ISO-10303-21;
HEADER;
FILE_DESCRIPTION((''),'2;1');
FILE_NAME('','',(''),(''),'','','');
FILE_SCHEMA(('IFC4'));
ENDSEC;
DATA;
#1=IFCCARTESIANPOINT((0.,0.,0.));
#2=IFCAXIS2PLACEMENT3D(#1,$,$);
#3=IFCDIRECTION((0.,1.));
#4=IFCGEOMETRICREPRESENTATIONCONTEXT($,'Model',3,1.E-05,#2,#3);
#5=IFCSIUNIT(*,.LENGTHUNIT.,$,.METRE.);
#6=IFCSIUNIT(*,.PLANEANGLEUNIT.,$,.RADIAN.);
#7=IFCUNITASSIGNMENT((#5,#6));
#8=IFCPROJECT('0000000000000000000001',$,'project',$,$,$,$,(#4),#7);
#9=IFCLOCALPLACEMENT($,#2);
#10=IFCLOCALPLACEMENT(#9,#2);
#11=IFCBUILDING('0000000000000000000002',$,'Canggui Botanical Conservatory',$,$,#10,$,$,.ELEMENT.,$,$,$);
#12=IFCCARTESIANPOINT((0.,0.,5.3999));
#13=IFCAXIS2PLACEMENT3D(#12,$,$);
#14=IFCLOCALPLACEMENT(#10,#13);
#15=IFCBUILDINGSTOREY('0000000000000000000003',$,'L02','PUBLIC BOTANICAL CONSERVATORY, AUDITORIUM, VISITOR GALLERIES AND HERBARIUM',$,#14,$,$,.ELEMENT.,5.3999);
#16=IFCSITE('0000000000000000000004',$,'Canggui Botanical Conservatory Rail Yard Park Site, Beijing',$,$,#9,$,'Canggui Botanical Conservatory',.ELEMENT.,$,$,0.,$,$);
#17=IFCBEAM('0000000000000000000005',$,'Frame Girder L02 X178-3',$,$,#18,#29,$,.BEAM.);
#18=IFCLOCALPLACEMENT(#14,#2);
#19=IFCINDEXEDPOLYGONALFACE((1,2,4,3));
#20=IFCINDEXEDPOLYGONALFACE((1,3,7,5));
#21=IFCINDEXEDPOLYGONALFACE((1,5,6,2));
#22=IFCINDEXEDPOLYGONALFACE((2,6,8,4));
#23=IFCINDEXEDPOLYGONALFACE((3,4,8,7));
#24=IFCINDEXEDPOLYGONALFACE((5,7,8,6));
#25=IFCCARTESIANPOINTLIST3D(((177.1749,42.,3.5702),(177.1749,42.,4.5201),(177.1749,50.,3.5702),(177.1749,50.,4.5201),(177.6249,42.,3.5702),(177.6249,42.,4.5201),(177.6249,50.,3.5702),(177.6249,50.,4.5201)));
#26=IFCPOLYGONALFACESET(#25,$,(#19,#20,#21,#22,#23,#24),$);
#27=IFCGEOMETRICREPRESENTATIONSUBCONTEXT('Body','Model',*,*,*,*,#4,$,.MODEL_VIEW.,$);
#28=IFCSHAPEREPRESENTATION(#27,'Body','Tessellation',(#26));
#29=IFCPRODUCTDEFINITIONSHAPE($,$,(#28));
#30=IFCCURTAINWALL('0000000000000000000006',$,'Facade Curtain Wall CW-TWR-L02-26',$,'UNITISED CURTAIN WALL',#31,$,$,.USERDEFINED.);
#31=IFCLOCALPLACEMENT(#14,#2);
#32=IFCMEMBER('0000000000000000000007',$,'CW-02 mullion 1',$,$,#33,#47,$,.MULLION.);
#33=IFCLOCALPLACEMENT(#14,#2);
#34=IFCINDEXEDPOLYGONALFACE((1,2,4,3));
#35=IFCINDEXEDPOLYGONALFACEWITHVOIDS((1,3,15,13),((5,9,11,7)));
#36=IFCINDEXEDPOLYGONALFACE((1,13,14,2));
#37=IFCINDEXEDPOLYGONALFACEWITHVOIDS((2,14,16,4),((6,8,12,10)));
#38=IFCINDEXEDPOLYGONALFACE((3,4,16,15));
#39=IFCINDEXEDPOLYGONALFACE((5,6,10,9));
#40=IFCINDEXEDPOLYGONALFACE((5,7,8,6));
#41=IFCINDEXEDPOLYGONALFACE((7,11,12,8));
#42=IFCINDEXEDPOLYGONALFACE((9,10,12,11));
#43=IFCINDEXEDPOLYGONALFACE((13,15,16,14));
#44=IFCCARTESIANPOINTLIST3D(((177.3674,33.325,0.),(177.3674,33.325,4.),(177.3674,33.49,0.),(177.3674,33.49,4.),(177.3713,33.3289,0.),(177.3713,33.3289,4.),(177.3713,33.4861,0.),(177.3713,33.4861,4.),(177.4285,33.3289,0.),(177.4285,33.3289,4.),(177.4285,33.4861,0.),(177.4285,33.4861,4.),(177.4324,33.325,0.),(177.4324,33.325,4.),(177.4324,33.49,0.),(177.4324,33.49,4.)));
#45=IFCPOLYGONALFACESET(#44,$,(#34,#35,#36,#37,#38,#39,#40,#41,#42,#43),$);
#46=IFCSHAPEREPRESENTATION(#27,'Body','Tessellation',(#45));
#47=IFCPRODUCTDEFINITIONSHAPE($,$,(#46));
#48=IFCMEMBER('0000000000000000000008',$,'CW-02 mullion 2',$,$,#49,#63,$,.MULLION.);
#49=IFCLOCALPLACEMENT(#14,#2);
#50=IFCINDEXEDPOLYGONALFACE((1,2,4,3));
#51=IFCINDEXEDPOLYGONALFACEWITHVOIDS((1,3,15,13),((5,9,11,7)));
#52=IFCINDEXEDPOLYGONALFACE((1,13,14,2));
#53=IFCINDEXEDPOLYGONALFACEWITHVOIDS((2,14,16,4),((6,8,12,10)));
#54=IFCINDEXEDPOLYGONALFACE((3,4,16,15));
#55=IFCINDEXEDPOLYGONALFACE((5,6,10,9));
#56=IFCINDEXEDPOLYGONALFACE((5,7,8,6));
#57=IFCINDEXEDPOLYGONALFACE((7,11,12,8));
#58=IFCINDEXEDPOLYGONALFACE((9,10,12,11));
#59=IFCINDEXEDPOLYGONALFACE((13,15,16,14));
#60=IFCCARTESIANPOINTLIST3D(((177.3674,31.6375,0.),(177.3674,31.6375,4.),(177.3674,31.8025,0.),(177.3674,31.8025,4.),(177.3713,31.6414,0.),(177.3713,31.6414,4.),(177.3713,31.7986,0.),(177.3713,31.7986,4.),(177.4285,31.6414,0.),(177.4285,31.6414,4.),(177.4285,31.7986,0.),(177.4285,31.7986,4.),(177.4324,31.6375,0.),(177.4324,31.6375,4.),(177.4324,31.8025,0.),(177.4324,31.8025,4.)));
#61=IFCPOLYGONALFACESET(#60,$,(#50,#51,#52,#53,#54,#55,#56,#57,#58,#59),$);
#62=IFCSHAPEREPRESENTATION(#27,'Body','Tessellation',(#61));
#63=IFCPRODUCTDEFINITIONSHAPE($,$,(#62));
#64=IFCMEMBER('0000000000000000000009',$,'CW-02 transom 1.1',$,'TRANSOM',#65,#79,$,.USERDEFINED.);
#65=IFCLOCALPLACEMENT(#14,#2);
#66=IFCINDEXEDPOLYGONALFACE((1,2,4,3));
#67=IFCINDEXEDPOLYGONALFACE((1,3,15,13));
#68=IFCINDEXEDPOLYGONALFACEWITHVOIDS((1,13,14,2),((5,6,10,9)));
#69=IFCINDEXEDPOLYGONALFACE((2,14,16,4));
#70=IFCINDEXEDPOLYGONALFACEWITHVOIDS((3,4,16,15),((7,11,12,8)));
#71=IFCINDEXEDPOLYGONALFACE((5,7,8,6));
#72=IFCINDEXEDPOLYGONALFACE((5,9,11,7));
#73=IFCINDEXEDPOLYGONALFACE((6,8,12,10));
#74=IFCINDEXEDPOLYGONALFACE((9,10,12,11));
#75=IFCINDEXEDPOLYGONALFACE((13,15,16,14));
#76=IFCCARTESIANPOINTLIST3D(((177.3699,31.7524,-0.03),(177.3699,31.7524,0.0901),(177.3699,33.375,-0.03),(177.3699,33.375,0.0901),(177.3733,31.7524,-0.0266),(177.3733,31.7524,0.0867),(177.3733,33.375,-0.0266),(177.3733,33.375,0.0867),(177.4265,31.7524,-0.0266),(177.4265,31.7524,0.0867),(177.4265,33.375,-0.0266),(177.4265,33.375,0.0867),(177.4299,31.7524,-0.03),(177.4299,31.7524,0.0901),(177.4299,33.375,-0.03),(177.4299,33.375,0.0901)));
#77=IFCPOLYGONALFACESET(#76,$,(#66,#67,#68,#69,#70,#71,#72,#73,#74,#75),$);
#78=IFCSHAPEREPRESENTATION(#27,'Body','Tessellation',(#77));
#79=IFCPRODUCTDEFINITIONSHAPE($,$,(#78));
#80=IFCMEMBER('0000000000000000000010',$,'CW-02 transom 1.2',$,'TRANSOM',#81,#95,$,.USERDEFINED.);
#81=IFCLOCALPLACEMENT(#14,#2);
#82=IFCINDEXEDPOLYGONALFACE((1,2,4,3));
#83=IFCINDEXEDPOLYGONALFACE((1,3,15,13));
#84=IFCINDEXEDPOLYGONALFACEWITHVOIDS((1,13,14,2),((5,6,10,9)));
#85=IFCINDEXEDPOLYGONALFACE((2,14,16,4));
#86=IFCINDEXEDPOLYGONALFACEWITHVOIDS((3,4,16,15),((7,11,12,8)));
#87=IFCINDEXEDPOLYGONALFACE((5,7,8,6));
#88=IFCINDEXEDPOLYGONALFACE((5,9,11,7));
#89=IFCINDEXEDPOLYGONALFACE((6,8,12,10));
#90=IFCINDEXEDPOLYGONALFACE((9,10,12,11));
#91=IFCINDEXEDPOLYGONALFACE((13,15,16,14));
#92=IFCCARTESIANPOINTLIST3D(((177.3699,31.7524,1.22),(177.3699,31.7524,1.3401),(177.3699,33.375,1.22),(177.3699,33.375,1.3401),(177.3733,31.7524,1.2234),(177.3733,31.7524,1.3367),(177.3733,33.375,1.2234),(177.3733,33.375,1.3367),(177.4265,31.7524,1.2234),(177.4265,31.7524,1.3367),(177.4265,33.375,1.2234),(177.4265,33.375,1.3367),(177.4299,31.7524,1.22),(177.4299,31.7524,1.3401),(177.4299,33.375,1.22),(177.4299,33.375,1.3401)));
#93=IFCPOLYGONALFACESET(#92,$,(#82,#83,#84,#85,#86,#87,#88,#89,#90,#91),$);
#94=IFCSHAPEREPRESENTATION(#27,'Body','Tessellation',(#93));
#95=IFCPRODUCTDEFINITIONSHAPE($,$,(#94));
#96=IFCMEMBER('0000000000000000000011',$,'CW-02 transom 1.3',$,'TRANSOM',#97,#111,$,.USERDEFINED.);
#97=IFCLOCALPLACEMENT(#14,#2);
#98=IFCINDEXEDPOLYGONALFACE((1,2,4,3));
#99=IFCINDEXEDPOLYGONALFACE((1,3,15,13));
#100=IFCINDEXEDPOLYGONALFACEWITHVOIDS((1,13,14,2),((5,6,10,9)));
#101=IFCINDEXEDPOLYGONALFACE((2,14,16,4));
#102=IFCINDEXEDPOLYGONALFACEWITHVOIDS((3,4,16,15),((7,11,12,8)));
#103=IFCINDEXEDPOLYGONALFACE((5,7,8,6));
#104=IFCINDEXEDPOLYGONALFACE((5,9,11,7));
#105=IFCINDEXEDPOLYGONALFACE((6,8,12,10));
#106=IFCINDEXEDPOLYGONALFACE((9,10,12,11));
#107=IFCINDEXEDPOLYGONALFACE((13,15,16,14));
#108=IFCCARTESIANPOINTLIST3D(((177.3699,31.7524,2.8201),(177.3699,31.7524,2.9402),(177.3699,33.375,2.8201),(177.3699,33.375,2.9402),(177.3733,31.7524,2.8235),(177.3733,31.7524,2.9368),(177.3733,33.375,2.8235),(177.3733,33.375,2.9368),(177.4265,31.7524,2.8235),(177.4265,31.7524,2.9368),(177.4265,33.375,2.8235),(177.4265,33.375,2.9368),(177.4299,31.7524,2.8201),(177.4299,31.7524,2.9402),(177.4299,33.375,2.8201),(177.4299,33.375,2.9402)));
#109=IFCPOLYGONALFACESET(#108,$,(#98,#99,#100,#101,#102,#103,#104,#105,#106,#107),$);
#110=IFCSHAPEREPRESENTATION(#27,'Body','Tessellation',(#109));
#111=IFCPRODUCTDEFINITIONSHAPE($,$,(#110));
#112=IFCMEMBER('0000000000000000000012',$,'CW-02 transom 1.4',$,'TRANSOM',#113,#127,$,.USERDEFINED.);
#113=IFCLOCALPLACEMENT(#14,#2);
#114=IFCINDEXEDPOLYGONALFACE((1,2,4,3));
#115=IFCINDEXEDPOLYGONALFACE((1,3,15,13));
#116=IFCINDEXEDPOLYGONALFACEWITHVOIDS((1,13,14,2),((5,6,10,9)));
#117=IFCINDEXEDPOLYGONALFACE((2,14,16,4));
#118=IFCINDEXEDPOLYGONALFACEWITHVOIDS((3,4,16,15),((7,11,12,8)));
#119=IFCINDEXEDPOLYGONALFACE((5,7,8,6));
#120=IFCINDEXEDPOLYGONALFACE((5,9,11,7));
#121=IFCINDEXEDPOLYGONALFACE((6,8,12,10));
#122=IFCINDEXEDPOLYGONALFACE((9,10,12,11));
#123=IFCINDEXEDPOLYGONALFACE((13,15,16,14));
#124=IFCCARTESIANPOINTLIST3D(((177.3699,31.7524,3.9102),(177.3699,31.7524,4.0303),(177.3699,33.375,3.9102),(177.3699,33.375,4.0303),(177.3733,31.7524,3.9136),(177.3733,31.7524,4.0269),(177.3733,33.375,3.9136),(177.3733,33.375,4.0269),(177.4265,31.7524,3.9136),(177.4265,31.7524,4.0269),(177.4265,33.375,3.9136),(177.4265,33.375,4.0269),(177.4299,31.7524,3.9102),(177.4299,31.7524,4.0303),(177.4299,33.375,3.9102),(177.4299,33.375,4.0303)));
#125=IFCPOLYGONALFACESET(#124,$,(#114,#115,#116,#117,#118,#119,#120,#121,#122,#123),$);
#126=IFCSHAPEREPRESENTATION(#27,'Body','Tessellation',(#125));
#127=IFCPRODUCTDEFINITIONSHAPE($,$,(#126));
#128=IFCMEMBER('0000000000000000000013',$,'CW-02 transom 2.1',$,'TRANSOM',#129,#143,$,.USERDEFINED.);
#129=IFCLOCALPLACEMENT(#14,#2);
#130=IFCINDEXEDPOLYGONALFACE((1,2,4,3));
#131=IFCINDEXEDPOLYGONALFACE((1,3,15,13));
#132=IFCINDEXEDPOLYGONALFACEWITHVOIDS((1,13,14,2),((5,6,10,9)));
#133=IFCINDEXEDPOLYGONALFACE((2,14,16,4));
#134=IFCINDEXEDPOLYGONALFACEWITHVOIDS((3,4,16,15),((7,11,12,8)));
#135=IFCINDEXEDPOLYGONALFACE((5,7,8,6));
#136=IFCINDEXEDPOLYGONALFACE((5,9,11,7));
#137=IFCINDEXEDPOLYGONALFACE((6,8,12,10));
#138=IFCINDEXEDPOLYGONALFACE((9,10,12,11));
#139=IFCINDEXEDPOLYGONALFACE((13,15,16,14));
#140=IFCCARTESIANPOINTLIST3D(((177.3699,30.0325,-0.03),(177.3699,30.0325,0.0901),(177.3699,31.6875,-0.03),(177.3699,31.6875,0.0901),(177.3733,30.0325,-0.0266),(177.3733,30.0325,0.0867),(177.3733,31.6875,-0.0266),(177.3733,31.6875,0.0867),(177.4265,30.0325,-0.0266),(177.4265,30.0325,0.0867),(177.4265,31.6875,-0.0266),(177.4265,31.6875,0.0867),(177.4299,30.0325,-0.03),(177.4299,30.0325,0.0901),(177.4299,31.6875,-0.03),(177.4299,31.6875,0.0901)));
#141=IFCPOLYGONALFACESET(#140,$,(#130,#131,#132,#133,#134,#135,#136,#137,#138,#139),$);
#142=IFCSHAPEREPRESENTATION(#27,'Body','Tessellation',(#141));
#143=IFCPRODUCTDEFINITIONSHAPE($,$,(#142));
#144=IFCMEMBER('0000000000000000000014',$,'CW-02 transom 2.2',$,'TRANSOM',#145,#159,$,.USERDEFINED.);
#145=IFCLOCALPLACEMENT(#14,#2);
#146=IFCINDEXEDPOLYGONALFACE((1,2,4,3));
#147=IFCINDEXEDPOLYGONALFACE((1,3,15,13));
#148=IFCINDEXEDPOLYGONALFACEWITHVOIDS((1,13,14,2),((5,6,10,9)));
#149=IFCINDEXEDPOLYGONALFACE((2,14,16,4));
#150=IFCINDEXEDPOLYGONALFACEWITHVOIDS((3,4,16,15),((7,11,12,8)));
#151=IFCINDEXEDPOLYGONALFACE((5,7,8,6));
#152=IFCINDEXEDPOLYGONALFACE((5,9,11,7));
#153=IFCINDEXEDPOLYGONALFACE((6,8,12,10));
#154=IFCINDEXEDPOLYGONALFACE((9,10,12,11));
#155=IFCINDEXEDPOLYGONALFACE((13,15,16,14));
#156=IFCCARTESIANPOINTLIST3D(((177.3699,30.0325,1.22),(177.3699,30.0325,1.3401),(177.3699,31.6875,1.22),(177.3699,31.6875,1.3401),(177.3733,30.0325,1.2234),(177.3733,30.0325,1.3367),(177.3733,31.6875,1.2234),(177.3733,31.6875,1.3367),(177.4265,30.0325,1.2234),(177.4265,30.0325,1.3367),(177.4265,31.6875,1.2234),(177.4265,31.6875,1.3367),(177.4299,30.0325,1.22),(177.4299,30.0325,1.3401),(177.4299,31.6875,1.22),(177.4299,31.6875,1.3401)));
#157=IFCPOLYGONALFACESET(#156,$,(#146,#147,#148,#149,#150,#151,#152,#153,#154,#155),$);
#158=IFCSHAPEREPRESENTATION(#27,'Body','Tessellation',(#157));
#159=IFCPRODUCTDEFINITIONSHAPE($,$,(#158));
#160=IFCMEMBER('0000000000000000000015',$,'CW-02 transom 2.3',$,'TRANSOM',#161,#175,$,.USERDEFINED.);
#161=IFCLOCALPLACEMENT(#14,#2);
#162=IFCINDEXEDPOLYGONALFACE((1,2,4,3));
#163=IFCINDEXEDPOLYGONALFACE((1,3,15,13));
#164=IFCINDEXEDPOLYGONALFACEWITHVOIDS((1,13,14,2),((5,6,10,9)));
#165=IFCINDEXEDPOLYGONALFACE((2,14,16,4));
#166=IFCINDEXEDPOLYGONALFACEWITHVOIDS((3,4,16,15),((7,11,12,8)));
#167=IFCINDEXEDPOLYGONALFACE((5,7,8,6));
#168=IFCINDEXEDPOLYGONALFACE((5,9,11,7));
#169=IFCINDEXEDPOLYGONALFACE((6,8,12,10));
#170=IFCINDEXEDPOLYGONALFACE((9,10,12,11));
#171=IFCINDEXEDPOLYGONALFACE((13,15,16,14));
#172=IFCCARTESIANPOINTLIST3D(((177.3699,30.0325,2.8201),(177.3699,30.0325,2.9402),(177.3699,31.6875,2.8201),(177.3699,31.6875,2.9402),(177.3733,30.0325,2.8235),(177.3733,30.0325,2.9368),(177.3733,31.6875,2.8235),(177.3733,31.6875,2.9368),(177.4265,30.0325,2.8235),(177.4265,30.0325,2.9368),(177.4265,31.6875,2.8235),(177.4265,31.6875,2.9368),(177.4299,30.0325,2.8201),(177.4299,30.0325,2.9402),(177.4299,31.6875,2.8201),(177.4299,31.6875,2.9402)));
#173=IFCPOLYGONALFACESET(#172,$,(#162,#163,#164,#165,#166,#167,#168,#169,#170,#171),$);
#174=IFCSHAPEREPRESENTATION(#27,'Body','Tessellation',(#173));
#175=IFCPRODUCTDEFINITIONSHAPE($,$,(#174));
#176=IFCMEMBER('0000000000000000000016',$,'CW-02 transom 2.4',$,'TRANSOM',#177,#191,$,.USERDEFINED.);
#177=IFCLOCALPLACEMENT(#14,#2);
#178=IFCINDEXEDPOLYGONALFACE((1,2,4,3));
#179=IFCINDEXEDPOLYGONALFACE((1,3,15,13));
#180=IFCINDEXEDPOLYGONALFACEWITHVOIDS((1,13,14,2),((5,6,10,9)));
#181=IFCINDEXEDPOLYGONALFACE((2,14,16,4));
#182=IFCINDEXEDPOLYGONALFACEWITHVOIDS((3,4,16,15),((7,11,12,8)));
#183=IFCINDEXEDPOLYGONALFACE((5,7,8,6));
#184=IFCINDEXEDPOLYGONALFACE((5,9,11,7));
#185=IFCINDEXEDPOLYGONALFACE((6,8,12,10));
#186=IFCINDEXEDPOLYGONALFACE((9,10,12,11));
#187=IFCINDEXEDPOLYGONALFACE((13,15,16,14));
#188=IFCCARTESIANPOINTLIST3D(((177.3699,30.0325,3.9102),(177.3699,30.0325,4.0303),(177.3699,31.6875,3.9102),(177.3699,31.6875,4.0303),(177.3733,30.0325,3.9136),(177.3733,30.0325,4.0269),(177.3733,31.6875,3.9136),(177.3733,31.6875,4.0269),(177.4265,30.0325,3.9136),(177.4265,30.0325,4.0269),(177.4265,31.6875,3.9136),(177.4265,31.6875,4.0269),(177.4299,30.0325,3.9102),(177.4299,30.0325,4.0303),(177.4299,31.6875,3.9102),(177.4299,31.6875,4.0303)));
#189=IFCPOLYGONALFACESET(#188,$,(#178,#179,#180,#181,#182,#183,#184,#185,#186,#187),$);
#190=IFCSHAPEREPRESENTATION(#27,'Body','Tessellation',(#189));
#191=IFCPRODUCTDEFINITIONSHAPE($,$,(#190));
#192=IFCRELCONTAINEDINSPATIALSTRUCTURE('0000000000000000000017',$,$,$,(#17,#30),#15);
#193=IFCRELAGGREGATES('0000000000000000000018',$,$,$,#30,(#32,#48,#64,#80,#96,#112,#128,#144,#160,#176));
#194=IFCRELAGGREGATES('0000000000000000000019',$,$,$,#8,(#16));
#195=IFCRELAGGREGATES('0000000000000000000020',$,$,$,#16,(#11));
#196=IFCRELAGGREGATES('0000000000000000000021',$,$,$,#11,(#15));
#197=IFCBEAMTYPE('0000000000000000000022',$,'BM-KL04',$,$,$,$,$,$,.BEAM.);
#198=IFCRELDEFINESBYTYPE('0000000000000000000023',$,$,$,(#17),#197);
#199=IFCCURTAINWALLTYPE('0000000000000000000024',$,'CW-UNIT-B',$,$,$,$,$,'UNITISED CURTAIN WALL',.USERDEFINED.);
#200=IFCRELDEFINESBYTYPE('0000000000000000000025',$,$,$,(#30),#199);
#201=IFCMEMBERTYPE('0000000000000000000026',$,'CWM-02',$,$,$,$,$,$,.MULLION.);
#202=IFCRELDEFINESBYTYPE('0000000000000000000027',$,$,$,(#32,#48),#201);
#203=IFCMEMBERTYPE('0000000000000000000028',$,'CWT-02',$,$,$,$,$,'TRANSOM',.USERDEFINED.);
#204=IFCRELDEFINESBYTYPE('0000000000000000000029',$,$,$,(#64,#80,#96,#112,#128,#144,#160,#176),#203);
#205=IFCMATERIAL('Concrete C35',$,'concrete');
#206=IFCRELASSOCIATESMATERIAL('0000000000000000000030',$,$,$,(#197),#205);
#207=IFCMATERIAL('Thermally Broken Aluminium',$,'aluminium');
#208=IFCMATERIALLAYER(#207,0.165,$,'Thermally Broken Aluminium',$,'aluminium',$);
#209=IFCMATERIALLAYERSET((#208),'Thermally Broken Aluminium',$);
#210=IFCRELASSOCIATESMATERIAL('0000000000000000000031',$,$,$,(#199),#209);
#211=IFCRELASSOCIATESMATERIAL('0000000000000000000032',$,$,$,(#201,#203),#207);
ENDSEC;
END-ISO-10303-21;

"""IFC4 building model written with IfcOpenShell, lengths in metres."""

from ifc_helpers import new_model, si_unit, direction, frame, origin, origin_2d, place, context, subcontext, project, spatial, rectangle, hollow_rectangle, extrude, material, layer, layer_set, material_profile, profile_set, type_object, element, aggregate, save


model = new_model("IFC4")

# Units and contexts
model_context = context("Model", 3, precision=1e-05, world=origin(), true_north=direction((0.0, 1.0)))
body_context = subcontext(model_context, "Body", "Model", "MODEL_VIEW")
ifc_project = project(units=[si_unit("LENGTHUNIT", "METRE"), si_unit("PLANEANGLEUNIT", "RADIAN")], contexts=[model_context])

# Site, building, storey
site_placement = place(None, origin())
site = spatial("IfcSite", under=ifc_project, at=site_placement, Name="Canggui Botanical Conservatory Rail Yard Park Site, Beijing", LongName="Canggui Botanical Conservatory", CompositionType="ELEMENT", RefElevation=0.0)
building_placement = place(site_placement, origin())
building = spatial("IfcBuilding", under=site, at=building_placement, Name="Canggui Botanical Conservatory", CompositionType="ELEMENT")
storey_placement = place(building_placement, frame((0.0, 0.0, 5.3999)))
storey = spatial("IfcBuildingStorey", under=building, at=storey_placement, Name="L02", Description="PUBLIC BOTANICAL CONSERVATORY, AUDITORIUM, VISITOR GALLERIES AND HERBARIUM", CompositionType="ELEMENT", Elevation=5.3999)

# Beam
ifc_material_1 = material(Name="Concrete C35", Category="concrete")
ifc_material_profile_1 = material_profile(ifc_material_1, rectangle(XDim=0.45, YDim=0.95, at=origin_2d()), Name="RB 450x950")
ifc_profile_set_1 = profile_set([ifc_material_profile_1], Name="Concrete C35")
beam_type_1 = type_object("IfcBeamType", Name="BM-KL04", PredefinedType="BEAM", material=ifc_profile_set_1)
for number, where, z_axis, x_axis, name in (
    (1, (177.3999, 42.0, 4.0452), (0.0, 1.0, 0.0), (-1.0, 0.0, 0.0), "Frame Girder L02 X178-3"),
):
    element("IfcBeam", number, at=place(storey_placement, frame(where, z_axis=z_axis, x_axis=x_axis)), inside=storey, type_object=beam_type_1, Name=name, PredefinedType="BEAM", context=body_context, shape_type="SweptSolid", body=[
        extrude(rectangle(XDim=0.45, YDim=0.95, at=origin_2d()), origin(), (0.0, 0.0, 1.0), 8.0),
    ])

# Curtain wall, members
ifc_material_2 = material(Name="Thermally Broken Aluminium", Category="aluminium")
ifc_layer_1 = layer(ifc_material_2, 0.165, Name="Thermally Broken Aluminium", Category="aluminium")
ifc_layer_set_1 = layer_set([ifc_layer_1], Name="Thermally Broken Aluminium")
curtain_wall_type = type_object("IfcCurtainWallType", Name="CW-UNIT-B", ElementType="UNITISED CURTAIN WALL", PredefinedType="USERDEFINED", material=ifc_layer_set_1)
curtain_wall_placement = place(storey_placement, origin())
curtain_wall = element("IfcCurtainWall", 2, at=curtain_wall_placement, inside=storey, type_object=curtain_wall_type, Name="Facade Curtain Wall CW-TWR-L02-26", ObjectType="UNITISED CURTAIN WALL", PredefinedType="USERDEFINED")
ifc_material_profile_2 = material_profile(ifc_material_2, hollow_rectangle(XDim=0.0649, YDim=0.165, WallThickness=0.0039, at=origin_2d()), Name="CWM 65x165x4")
ifc_profile_set_2 = profile_set([ifc_material_profile_2], Name="Thermally Broken Aluminium")
member_type_1 = type_object("IfcMemberType", Name="CWM-02", PredefinedType="MULLION", material=ifc_profile_set_2)
member_1_placement = place(storey_placement, frame((177.3999, 33.4075, 0.0), z_axis=(0.0, 0.0, 1.0), x_axis=(1.0, 0.0, 0.0)))
member_1 = element("IfcMember", 3, at=member_1_placement, type_object=member_type_1, Name="CW-02 mullion 1", PredefinedType="MULLION", context=body_context, shape_type="SweptSolid", body=[
    extrude(hollow_rectangle(XDim=0.0649, YDim=0.165, WallThickness=0.0039, at=origin_2d()), origin(), (0.0, 0.0, 1.0), 4.0),
])
member_2_placement = place(storey_placement, frame((177.3999, 31.72, 0.0), z_axis=(0.0, 0.0, 1.0), x_axis=(1.0, 0.0, 0.0)))
member_2 = element("IfcMember", 4, at=member_2_placement, type_object=member_type_1, Name="CW-02 mullion 2", PredefinedType="MULLION", context=body_context, shape_type="SweptSolid", body=[
    extrude(hollow_rectangle(XDim=0.0649, YDim=0.165, WallThickness=0.0039, at=origin_2d()), origin(), (0.0, 0.0, 1.0), 4.0),
])
ifc_material_profile_3 = material_profile(ifc_material_2, hollow_rectangle(XDim=0.0601, YDim=0.1201, WallThickness=0.0034, at=origin_2d()), Name="CWT 60x120x3.5")
ifc_profile_set_3 = profile_set([ifc_material_profile_3], Name="Thermally Broken Aluminium")
member_type_2 = type_object("IfcMemberType", Name="CWT-02", ElementType="TRANSOM", PredefinedType="USERDEFINED", material=ifc_profile_set_3)
member_3_placement = place(storey_placement, frame((177.3999, 33.375, 0.03), z_axis=(0.0, -1.0, 0.0), x_axis=(1.0, 0.0, 0.0)))
member_3 = element("IfcMember", 5, at=member_3_placement, type_object=member_type_2, Name="CW-02 transom 1.1", ObjectType="TRANSOM", PredefinedType="USERDEFINED", context=body_context, shape_type="SweptSolid", body=[
    extrude(hollow_rectangle(XDim=0.0601, YDim=0.1201, WallThickness=0.0034, at=origin_2d()), origin(), (0.0, 0.0, 1.0), 1.6226),
])
member_4_placement = place(storey_placement, frame((177.3999, 33.375, 1.28), z_axis=(0.0, -1.0, 0.0), x_axis=(1.0, 0.0, 0.0)))
member_4 = element("IfcMember", 6, at=member_4_placement, type_object=member_type_2, Name="CW-02 transom 1.2", ObjectType="TRANSOM", PredefinedType="USERDEFINED", context=body_context, shape_type="SweptSolid", body=[
    extrude(hollow_rectangle(XDim=0.0601, YDim=0.1201, WallThickness=0.0034, at=origin_2d()), origin(), (0.0, 0.0, 1.0), 1.6226),
])
member_5_placement = place(storey_placement, frame((177.3999, 33.375, 2.8801), z_axis=(0.0, -1.0, 0.0), x_axis=(1.0, 0.0, 0.0)))
member_5 = element("IfcMember", 7, at=member_5_placement, type_object=member_type_2, Name="CW-02 transom 1.3", ObjectType="TRANSOM", PredefinedType="USERDEFINED", context=body_context, shape_type="SweptSolid", body=[
    extrude(hollow_rectangle(XDim=0.0601, YDim=0.1201, WallThickness=0.0034, at=origin_2d()), origin(), (0.0, 0.0, 1.0), 1.6226),
])
member_6_placement = place(storey_placement, frame((177.3999, 33.375, 3.9702), z_axis=(0.0, -1.0, 0.0), x_axis=(1.0, 0.0, 0.0)))
member_6 = element("IfcMember", 8, at=member_6_placement, type_object=member_type_2, Name="CW-02 transom 1.4", ObjectType="TRANSOM", PredefinedType="USERDEFINED", context=body_context, shape_type="SweptSolid", body=[
    extrude(hollow_rectangle(XDim=0.0601, YDim=0.1201, WallThickness=0.0034, at=origin_2d()), origin(), (0.0, 0.0, 1.0), 1.6226),
])
member_7_placement = place(storey_placement, frame((177.3999, 31.6875, 0.03), z_axis=(0.0, -1.0, 0.0), x_axis=(1.0, 0.0, 0.0)))
member_7 = element("IfcMember", 9, at=member_7_placement, type_object=member_type_2, Name="CW-02 transom 2.1", ObjectType="TRANSOM", PredefinedType="USERDEFINED", context=body_context, shape_type="SweptSolid", body=[
    extrude(hollow_rectangle(XDim=0.0601, YDim=0.1201, WallThickness=0.0034, at=origin_2d()), origin(), (0.0, 0.0, 1.0), 1.655),
])
member_8_placement = place(storey_placement, frame((177.3999, 31.6875, 1.28), z_axis=(0.0, -1.0, 0.0), x_axis=(1.0, 0.0, 0.0)))
member_8 = element("IfcMember", 10, at=member_8_placement, type_object=member_type_2, Name="CW-02 transom 2.2", ObjectType="TRANSOM", PredefinedType="USERDEFINED", context=body_context, shape_type="SweptSolid", body=[
    extrude(hollow_rectangle(XDim=0.0601, YDim=0.1201, WallThickness=0.0034, at=origin_2d()), origin(), (0.0, 0.0, 1.0), 1.655),
])
member_9_placement = place(storey_placement, frame((177.3999, 31.6875, 2.8801), z_axis=(0.0, -1.0, 0.0), x_axis=(1.0, 0.0, 0.0)))
member_9 = element("IfcMember", 11, at=member_9_placement, type_object=member_type_2, Name="CW-02 transom 2.3", ObjectType="TRANSOM", PredefinedType="USERDEFINED", context=body_context, shape_type="SweptSolid", body=[
    extrude(hollow_rectangle(XDim=0.0601, YDim=0.1201, WallThickness=0.0034, at=origin_2d()), origin(), (0.0, 0.0, 1.0), 1.655),
])
member_10_placement = place(storey_placement, frame((177.3999, 31.6875, 3.9702), z_axis=(0.0, -1.0, 0.0), x_axis=(1.0, 0.0, 0.0)))
member_10 = element("IfcMember", 12, at=member_10_placement, type_object=member_type_2, Name="CW-02 transom 2.4", ObjectType="TRANSOM", PredefinedType="USERDEFINED", context=body_context, shape_type="SweptSolid", body=[
    extrude(hollow_rectangle(XDim=0.0601, YDim=0.1201, WallThickness=0.0034, at=origin_2d()), origin(), (0.0, 0.0, 1.0), 1.655),
])
aggregate(curtain_wall, [member_1, member_2, member_3, member_4, member_5, member_6, member_7, member_8, member_9, member_10])

save(model, "model.ifc")
